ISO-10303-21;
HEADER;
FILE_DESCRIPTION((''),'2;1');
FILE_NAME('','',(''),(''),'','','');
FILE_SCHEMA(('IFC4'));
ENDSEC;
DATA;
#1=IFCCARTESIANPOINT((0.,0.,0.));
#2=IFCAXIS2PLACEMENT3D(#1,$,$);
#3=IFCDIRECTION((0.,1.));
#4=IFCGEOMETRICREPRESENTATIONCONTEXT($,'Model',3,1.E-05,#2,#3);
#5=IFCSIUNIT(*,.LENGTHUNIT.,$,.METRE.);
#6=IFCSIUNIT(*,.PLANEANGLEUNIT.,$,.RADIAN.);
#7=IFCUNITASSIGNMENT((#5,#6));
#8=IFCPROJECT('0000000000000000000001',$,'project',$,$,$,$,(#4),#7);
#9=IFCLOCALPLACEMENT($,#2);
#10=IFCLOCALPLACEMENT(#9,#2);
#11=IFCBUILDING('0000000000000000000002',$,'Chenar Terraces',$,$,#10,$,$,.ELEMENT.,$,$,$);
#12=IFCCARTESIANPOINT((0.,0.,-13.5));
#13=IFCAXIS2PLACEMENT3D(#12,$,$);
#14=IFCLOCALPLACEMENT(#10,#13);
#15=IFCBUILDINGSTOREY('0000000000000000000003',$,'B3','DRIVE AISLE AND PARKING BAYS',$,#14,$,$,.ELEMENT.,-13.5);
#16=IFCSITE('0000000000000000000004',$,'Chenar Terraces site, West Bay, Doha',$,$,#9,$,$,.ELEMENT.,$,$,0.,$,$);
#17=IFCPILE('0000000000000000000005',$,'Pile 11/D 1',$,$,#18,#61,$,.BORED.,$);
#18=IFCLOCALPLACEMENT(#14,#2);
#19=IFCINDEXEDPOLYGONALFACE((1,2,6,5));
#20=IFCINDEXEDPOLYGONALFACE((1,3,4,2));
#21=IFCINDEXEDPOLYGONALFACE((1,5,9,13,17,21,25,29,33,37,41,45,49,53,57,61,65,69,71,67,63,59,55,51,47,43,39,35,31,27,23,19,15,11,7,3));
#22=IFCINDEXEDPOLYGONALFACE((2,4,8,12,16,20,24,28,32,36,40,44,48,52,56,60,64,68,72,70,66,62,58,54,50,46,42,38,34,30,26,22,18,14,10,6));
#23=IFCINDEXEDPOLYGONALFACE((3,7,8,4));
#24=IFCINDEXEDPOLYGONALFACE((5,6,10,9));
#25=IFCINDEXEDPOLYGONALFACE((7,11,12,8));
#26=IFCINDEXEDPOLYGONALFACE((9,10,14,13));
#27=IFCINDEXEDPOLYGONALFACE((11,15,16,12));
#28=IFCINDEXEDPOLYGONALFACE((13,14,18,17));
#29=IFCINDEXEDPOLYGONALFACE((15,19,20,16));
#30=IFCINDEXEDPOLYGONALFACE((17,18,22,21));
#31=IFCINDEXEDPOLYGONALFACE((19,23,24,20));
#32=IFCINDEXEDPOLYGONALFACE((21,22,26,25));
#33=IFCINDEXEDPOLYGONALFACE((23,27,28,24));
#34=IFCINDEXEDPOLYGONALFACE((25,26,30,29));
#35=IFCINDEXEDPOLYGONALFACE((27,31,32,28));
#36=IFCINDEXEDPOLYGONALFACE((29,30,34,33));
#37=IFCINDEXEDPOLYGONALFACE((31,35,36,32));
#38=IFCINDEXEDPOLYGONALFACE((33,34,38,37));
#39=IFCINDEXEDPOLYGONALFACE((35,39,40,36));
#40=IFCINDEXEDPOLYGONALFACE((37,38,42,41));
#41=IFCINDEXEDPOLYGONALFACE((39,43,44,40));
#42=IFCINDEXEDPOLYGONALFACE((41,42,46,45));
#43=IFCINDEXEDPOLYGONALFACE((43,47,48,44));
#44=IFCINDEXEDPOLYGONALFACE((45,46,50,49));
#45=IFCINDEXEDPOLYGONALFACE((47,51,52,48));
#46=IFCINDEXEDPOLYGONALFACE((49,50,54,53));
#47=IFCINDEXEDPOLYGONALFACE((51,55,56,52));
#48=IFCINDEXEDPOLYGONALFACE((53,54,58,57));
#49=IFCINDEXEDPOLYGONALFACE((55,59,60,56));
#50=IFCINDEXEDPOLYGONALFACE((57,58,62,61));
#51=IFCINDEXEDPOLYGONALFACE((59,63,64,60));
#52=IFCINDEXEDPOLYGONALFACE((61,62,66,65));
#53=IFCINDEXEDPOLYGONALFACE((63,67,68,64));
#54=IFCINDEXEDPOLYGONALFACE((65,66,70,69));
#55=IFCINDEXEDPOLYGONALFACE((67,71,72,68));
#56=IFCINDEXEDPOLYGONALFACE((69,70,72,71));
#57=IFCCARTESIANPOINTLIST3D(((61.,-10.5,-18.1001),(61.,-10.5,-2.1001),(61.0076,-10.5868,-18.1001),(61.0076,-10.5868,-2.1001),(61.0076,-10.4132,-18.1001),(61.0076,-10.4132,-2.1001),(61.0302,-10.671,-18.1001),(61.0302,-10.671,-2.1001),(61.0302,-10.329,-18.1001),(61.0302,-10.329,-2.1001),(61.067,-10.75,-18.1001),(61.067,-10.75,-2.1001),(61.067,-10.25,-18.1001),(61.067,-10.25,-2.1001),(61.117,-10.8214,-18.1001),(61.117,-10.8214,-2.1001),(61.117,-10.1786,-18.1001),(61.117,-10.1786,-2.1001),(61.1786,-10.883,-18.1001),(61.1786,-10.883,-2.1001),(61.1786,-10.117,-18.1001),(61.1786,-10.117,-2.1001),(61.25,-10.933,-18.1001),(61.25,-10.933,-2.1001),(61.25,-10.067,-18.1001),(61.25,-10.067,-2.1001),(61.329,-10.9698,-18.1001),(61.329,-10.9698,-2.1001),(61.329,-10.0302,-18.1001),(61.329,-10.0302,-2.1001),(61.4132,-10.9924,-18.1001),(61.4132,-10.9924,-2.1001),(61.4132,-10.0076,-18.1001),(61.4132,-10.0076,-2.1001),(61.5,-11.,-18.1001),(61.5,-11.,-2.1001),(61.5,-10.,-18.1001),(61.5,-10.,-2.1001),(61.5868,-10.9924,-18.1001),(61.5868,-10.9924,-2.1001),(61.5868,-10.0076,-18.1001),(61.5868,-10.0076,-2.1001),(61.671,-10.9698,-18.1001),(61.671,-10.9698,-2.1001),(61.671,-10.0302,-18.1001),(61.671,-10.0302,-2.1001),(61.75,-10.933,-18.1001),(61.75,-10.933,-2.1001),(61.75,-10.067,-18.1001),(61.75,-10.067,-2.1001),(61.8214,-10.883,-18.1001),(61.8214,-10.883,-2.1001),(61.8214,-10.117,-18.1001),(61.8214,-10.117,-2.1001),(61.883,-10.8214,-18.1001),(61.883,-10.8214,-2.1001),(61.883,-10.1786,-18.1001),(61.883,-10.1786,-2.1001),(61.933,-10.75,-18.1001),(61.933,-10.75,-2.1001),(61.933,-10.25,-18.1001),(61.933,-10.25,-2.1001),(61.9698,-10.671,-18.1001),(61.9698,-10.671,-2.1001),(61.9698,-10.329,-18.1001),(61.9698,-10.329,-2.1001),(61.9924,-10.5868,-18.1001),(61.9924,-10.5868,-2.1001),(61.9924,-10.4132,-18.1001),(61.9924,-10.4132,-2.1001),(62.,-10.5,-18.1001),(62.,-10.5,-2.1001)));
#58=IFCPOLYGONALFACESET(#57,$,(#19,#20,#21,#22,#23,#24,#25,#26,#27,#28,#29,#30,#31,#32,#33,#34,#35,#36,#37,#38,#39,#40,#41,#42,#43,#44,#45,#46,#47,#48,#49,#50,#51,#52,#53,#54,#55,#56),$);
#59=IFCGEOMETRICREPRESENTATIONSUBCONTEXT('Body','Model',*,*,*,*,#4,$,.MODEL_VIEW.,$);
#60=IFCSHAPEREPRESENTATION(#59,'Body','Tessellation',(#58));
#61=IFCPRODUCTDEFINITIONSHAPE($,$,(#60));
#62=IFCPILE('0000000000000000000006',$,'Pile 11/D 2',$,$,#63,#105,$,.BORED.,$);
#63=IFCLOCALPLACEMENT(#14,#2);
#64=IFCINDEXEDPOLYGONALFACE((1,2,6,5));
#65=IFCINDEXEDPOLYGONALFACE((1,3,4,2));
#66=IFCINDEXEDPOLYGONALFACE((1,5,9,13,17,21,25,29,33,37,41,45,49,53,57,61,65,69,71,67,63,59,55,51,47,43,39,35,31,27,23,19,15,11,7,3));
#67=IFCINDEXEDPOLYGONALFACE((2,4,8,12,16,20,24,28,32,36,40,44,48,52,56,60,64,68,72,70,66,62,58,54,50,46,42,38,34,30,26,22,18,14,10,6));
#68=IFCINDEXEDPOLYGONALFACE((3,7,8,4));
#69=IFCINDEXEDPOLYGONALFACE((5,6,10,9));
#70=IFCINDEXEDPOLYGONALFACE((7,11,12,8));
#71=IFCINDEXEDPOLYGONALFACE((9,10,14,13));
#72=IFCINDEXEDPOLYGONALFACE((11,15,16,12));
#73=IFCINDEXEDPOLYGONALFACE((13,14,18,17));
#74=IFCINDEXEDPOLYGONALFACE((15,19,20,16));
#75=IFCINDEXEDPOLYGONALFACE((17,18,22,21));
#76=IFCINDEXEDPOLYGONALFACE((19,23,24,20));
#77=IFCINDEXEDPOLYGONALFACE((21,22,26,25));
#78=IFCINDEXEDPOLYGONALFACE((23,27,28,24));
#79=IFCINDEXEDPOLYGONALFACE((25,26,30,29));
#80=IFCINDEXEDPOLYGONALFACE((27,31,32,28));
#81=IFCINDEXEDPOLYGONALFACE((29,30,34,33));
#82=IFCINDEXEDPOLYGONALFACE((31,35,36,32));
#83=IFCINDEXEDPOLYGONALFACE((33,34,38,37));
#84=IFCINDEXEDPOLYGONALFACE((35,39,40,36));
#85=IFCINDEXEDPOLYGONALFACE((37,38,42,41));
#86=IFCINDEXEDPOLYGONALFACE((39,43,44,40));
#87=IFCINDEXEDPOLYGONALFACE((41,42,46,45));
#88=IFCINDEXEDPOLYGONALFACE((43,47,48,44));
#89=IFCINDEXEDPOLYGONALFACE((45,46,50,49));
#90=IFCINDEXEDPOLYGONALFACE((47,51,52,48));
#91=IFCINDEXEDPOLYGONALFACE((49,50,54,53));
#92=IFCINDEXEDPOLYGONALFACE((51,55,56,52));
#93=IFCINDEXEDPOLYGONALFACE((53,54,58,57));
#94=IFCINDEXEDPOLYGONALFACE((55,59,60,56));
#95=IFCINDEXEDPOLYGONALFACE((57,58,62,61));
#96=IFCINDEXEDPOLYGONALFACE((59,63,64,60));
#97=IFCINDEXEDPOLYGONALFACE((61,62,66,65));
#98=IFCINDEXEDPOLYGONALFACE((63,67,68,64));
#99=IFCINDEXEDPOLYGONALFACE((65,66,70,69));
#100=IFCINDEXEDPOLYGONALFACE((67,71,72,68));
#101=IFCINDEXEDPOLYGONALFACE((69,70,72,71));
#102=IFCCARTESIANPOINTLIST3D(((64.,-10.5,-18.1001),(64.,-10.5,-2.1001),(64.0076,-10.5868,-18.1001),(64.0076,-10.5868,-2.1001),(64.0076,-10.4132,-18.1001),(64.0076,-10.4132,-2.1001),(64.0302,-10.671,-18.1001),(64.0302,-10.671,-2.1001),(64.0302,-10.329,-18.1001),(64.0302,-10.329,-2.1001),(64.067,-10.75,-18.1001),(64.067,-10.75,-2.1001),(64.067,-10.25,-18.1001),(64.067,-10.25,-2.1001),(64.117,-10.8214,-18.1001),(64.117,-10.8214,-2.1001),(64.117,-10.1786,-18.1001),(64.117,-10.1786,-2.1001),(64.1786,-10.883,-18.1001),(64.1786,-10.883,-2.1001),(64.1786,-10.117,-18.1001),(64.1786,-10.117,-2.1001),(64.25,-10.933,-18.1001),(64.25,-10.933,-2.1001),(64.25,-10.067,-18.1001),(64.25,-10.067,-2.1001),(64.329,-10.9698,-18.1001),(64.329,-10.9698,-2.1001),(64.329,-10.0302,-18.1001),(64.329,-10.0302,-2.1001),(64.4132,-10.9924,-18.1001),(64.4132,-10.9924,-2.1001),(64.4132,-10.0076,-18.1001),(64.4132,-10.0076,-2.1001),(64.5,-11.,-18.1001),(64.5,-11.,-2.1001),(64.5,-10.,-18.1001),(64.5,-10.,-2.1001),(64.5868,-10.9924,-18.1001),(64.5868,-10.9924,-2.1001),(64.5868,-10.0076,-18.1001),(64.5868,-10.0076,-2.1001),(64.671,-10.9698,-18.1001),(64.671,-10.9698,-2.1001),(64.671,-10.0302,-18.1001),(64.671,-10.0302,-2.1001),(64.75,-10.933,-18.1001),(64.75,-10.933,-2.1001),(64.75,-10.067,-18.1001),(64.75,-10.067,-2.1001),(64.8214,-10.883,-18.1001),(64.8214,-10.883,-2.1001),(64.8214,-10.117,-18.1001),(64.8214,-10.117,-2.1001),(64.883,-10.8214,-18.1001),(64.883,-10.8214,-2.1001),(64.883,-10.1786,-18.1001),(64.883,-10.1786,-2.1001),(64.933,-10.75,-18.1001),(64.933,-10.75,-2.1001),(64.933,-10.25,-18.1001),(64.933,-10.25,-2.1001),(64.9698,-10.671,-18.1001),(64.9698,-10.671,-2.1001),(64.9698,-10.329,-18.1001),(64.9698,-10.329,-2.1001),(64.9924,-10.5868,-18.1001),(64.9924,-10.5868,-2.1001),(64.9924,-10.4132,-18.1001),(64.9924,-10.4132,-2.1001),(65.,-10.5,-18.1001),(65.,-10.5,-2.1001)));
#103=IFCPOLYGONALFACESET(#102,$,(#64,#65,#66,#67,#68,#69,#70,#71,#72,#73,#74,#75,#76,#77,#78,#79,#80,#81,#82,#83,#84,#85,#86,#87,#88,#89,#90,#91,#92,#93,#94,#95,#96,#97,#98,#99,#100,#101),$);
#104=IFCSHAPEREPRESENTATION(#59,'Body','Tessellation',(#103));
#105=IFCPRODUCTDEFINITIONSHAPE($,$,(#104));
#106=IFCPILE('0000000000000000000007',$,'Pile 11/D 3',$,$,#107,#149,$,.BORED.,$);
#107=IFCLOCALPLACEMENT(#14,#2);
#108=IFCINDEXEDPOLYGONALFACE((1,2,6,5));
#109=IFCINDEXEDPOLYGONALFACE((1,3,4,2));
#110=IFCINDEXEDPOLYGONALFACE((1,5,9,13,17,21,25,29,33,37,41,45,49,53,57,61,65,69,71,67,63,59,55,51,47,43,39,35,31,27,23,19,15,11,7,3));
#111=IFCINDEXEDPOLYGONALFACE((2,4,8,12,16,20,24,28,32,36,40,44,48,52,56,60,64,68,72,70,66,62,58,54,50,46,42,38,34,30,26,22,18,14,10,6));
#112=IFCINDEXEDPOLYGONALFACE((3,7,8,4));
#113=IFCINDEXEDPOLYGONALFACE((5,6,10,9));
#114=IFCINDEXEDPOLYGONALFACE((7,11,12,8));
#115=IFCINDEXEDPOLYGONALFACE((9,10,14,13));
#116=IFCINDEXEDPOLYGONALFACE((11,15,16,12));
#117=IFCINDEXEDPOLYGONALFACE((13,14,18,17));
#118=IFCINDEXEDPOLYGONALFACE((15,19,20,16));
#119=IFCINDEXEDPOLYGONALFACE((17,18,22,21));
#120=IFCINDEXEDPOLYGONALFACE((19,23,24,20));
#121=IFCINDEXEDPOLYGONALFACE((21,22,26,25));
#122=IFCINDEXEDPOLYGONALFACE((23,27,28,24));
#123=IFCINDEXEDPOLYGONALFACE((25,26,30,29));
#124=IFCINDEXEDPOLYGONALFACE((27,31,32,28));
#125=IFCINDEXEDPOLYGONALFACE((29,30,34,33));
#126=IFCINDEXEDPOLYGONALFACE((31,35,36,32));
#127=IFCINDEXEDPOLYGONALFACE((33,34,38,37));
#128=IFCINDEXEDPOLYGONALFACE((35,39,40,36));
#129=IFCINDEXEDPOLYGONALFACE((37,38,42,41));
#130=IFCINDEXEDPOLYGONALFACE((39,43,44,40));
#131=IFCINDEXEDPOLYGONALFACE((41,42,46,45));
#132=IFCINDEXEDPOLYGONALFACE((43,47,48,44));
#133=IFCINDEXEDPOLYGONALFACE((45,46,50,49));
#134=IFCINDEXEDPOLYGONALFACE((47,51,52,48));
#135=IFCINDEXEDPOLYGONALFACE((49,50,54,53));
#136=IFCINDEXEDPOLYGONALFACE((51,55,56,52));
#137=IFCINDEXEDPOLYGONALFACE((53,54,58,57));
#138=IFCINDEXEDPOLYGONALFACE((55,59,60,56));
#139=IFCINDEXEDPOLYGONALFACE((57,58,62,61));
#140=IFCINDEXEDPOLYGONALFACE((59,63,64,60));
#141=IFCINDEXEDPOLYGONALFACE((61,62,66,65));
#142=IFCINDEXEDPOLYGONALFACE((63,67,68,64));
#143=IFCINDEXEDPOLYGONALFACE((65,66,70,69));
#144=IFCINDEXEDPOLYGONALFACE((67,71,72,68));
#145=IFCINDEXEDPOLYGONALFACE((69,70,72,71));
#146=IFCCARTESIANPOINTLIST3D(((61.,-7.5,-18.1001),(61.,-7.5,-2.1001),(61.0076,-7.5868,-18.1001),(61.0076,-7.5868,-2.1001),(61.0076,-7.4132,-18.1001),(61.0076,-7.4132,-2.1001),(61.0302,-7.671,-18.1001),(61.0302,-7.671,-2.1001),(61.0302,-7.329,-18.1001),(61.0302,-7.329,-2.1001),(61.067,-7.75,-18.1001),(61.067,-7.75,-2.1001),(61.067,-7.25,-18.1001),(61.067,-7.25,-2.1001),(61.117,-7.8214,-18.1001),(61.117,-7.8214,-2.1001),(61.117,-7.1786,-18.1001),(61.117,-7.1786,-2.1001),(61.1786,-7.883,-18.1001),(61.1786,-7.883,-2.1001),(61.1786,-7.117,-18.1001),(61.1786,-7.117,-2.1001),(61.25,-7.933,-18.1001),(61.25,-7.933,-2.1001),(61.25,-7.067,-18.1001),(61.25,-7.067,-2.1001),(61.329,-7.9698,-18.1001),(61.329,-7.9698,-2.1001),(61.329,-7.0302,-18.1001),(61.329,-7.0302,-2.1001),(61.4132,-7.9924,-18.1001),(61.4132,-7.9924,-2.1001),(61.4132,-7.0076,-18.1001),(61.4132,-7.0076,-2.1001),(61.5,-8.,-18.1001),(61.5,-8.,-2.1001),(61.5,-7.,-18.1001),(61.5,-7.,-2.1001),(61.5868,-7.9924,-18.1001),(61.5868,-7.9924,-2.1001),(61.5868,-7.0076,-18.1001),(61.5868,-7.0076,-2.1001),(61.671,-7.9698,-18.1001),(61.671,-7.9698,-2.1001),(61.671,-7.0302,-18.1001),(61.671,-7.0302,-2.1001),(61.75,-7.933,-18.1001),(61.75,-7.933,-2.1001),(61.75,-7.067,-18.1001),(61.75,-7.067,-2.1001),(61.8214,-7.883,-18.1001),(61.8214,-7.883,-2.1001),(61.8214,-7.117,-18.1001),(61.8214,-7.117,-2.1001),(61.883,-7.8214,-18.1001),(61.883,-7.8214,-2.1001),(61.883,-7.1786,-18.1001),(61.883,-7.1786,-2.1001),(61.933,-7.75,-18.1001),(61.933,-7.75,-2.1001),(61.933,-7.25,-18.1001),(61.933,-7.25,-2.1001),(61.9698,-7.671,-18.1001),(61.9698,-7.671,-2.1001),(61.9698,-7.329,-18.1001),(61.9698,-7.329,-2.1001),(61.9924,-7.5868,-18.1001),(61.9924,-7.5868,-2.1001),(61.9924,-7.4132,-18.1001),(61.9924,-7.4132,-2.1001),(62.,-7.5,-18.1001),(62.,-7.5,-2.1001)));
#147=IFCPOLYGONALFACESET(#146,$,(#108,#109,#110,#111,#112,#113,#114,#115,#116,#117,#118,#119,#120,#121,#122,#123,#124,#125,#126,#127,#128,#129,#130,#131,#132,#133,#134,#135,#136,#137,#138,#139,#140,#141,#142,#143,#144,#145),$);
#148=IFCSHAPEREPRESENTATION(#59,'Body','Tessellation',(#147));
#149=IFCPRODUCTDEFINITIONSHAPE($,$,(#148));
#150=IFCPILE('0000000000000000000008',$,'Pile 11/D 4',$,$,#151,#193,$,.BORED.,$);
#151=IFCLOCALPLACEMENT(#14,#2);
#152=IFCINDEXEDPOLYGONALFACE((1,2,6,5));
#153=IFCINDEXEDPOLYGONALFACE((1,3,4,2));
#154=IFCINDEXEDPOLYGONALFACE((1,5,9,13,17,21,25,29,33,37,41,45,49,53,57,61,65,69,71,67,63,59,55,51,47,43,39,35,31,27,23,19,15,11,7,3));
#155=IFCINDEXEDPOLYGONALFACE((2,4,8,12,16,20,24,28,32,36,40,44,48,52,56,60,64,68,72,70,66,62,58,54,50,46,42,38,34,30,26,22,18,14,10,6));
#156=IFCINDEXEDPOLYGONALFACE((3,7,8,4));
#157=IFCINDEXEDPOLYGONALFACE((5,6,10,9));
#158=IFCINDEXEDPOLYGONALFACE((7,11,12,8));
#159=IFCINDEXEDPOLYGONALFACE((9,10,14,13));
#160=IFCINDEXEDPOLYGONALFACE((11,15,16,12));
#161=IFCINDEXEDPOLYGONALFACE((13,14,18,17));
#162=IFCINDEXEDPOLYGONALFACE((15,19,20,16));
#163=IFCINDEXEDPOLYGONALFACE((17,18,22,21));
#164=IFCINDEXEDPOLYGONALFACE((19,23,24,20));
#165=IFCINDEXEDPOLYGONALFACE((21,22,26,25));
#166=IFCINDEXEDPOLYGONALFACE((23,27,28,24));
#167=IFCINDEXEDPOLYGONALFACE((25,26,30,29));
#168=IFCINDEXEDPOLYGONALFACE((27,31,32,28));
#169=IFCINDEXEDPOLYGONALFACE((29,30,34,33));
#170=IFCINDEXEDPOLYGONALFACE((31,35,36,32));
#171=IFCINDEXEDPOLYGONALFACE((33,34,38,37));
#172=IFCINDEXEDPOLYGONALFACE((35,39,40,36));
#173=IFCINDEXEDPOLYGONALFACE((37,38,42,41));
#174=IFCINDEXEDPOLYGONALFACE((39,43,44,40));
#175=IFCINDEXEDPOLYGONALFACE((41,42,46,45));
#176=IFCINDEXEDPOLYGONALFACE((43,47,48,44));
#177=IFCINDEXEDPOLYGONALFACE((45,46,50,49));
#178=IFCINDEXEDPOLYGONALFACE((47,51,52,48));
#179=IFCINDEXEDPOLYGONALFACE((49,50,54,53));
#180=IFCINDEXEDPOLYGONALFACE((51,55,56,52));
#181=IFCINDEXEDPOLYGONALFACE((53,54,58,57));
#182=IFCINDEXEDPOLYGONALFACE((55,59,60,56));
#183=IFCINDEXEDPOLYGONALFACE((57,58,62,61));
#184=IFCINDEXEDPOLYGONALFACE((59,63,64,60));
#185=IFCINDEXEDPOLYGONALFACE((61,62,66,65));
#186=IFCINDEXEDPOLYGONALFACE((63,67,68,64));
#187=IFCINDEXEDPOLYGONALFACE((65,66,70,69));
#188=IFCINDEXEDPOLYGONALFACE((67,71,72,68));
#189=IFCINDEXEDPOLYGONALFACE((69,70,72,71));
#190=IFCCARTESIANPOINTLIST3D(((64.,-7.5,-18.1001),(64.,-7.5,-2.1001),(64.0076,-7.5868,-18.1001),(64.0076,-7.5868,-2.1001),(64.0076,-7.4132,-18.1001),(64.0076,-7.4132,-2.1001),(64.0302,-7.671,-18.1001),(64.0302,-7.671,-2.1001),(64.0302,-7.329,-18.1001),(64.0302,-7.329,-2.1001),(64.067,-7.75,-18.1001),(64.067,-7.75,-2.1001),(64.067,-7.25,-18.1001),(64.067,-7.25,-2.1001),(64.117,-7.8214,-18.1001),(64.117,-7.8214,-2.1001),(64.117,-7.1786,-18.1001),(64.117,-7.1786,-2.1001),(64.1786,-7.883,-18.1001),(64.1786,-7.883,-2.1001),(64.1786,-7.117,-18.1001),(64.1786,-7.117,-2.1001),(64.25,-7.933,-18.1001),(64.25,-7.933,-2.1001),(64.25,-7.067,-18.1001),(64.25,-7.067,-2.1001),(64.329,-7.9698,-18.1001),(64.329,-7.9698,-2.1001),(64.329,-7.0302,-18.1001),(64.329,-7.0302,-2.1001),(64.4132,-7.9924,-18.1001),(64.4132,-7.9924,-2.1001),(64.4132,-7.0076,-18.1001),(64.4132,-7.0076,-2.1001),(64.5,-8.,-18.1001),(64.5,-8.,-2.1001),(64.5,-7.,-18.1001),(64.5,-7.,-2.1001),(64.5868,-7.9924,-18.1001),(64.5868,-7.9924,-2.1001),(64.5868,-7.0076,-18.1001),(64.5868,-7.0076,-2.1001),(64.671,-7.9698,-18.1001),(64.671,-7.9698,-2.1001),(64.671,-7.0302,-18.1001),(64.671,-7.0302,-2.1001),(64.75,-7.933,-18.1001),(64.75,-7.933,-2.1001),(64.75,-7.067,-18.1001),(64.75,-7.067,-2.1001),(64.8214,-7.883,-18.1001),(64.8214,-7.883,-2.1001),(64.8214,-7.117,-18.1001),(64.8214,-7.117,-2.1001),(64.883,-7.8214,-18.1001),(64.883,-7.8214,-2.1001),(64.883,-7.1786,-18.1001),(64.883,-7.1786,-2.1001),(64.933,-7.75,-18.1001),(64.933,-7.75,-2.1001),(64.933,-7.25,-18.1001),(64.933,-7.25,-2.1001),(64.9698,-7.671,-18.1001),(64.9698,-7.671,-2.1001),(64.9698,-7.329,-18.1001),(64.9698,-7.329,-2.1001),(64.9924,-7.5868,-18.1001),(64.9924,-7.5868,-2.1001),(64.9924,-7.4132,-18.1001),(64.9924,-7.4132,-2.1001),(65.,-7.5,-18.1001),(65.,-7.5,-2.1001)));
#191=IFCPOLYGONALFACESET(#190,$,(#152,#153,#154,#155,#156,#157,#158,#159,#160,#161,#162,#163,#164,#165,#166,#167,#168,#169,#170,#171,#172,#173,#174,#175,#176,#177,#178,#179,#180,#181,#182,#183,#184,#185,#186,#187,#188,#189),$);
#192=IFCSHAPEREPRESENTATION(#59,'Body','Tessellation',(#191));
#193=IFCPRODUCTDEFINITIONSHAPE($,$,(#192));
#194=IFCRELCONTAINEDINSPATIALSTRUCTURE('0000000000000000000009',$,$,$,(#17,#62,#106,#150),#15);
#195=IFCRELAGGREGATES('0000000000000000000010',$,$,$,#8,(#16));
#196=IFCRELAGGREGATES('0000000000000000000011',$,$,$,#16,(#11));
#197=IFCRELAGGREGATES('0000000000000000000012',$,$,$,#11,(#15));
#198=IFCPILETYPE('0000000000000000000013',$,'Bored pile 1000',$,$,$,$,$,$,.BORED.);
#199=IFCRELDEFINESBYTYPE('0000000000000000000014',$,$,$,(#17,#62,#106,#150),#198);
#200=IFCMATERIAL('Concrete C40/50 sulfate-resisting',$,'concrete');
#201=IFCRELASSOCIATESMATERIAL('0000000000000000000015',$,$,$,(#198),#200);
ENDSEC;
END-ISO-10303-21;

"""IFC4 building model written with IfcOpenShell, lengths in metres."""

from ifc_helpers import new_model, si_unit, direction, frame, origin, origin_2d, place, context, subcontext, project, spatial, circle, extrude, material, material_profile, profile_set, type_object, element, save


model = new_model("IFC4")

# Units and contexts
model_context = context("Model", 3, precision=1e-05, world=origin(), true_north=direction((0.0, 1.0)))
body_context = subcontext(model_context, "Body", "Model", "MODEL_VIEW")
ifc_project = project(units=[si_unit("LENGTHUNIT", "METRE"), si_unit("PLANEANGLEUNIT", "RADIAN")], contexts=[model_context])

# Site, building, storey
site_placement = place(None, origin())
site = spatial("IfcSite", under=ifc_project, at=site_placement, Name="Chenar Terraces site, West Bay, Doha", CompositionType="ELEMENT", RefElevation=0.0)
building_placement = place(site_placement, origin())
building = spatial("IfcBuilding", under=site, at=building_placement, Name="Chenar Terraces", CompositionType="ELEMENT")
storey_placement = place(building_placement, frame((0.0, 0.0, -13.5)))
storey = spatial("IfcBuildingStorey", under=building, at=storey_placement, Name="B3", Description="DRIVE AISLE AND PARKING BAYS", CompositionType="ELEMENT", Elevation=-13.5)

# Piles
ifc_material_1 = material(Name="Concrete C40/50 sulfate-resisting", Category="concrete")
ifc_material_profile_1 = material_profile(ifc_material_1, circle(Radius=0.5, at=origin_2d()), Name="BP 1000")
ifc_profile_set_1 = profile_set([ifc_material_profile_1], Name="Concrete C40/50 sulfate-resisting")
pile_type_1 = type_object("IfcPileType", Name="Bored pile 1000", PredefinedType="BORED", material=ifc_profile_set_1)
for number, where, z_axis, x_axis, name in (
    (1, (61.5, -10.5, -2.1001), (0.0, 0.0, -1.0), (1.0, 0.0, 0.0), "Pile 11/D 1"),
    (2, (64.5, -10.5, -2.1001), (0.0, 0.0, -1.0), (1.0, 0.0, 0.0), "Pile 11/D 2"),
    (3, (61.5, -7.5, -2.1001), (0.0, 0.0, -1.0), (1.0, 0.0, 0.0), "Pile 11/D 3"),
    (4, (64.5, -7.5, -2.1001), (0.0, 0.0, -1.0), (1.0, 0.0, 0.0), "Pile 11/D 4"),
):
    element("IfcPile", number, at=place(storey_placement, frame(where, z_axis=z_axis, x_axis=x_axis)), inside=storey, type_object=pile_type_1, Name=name, PredefinedType="BORED", context=body_context, shape_type="SweptSolid", body=[
        extrude(circle(Radius=0.5, at=origin_2d()), origin(), (0.0, 0.0, 1.0), 16.0),
    ])

save(model, "model.ifc")
